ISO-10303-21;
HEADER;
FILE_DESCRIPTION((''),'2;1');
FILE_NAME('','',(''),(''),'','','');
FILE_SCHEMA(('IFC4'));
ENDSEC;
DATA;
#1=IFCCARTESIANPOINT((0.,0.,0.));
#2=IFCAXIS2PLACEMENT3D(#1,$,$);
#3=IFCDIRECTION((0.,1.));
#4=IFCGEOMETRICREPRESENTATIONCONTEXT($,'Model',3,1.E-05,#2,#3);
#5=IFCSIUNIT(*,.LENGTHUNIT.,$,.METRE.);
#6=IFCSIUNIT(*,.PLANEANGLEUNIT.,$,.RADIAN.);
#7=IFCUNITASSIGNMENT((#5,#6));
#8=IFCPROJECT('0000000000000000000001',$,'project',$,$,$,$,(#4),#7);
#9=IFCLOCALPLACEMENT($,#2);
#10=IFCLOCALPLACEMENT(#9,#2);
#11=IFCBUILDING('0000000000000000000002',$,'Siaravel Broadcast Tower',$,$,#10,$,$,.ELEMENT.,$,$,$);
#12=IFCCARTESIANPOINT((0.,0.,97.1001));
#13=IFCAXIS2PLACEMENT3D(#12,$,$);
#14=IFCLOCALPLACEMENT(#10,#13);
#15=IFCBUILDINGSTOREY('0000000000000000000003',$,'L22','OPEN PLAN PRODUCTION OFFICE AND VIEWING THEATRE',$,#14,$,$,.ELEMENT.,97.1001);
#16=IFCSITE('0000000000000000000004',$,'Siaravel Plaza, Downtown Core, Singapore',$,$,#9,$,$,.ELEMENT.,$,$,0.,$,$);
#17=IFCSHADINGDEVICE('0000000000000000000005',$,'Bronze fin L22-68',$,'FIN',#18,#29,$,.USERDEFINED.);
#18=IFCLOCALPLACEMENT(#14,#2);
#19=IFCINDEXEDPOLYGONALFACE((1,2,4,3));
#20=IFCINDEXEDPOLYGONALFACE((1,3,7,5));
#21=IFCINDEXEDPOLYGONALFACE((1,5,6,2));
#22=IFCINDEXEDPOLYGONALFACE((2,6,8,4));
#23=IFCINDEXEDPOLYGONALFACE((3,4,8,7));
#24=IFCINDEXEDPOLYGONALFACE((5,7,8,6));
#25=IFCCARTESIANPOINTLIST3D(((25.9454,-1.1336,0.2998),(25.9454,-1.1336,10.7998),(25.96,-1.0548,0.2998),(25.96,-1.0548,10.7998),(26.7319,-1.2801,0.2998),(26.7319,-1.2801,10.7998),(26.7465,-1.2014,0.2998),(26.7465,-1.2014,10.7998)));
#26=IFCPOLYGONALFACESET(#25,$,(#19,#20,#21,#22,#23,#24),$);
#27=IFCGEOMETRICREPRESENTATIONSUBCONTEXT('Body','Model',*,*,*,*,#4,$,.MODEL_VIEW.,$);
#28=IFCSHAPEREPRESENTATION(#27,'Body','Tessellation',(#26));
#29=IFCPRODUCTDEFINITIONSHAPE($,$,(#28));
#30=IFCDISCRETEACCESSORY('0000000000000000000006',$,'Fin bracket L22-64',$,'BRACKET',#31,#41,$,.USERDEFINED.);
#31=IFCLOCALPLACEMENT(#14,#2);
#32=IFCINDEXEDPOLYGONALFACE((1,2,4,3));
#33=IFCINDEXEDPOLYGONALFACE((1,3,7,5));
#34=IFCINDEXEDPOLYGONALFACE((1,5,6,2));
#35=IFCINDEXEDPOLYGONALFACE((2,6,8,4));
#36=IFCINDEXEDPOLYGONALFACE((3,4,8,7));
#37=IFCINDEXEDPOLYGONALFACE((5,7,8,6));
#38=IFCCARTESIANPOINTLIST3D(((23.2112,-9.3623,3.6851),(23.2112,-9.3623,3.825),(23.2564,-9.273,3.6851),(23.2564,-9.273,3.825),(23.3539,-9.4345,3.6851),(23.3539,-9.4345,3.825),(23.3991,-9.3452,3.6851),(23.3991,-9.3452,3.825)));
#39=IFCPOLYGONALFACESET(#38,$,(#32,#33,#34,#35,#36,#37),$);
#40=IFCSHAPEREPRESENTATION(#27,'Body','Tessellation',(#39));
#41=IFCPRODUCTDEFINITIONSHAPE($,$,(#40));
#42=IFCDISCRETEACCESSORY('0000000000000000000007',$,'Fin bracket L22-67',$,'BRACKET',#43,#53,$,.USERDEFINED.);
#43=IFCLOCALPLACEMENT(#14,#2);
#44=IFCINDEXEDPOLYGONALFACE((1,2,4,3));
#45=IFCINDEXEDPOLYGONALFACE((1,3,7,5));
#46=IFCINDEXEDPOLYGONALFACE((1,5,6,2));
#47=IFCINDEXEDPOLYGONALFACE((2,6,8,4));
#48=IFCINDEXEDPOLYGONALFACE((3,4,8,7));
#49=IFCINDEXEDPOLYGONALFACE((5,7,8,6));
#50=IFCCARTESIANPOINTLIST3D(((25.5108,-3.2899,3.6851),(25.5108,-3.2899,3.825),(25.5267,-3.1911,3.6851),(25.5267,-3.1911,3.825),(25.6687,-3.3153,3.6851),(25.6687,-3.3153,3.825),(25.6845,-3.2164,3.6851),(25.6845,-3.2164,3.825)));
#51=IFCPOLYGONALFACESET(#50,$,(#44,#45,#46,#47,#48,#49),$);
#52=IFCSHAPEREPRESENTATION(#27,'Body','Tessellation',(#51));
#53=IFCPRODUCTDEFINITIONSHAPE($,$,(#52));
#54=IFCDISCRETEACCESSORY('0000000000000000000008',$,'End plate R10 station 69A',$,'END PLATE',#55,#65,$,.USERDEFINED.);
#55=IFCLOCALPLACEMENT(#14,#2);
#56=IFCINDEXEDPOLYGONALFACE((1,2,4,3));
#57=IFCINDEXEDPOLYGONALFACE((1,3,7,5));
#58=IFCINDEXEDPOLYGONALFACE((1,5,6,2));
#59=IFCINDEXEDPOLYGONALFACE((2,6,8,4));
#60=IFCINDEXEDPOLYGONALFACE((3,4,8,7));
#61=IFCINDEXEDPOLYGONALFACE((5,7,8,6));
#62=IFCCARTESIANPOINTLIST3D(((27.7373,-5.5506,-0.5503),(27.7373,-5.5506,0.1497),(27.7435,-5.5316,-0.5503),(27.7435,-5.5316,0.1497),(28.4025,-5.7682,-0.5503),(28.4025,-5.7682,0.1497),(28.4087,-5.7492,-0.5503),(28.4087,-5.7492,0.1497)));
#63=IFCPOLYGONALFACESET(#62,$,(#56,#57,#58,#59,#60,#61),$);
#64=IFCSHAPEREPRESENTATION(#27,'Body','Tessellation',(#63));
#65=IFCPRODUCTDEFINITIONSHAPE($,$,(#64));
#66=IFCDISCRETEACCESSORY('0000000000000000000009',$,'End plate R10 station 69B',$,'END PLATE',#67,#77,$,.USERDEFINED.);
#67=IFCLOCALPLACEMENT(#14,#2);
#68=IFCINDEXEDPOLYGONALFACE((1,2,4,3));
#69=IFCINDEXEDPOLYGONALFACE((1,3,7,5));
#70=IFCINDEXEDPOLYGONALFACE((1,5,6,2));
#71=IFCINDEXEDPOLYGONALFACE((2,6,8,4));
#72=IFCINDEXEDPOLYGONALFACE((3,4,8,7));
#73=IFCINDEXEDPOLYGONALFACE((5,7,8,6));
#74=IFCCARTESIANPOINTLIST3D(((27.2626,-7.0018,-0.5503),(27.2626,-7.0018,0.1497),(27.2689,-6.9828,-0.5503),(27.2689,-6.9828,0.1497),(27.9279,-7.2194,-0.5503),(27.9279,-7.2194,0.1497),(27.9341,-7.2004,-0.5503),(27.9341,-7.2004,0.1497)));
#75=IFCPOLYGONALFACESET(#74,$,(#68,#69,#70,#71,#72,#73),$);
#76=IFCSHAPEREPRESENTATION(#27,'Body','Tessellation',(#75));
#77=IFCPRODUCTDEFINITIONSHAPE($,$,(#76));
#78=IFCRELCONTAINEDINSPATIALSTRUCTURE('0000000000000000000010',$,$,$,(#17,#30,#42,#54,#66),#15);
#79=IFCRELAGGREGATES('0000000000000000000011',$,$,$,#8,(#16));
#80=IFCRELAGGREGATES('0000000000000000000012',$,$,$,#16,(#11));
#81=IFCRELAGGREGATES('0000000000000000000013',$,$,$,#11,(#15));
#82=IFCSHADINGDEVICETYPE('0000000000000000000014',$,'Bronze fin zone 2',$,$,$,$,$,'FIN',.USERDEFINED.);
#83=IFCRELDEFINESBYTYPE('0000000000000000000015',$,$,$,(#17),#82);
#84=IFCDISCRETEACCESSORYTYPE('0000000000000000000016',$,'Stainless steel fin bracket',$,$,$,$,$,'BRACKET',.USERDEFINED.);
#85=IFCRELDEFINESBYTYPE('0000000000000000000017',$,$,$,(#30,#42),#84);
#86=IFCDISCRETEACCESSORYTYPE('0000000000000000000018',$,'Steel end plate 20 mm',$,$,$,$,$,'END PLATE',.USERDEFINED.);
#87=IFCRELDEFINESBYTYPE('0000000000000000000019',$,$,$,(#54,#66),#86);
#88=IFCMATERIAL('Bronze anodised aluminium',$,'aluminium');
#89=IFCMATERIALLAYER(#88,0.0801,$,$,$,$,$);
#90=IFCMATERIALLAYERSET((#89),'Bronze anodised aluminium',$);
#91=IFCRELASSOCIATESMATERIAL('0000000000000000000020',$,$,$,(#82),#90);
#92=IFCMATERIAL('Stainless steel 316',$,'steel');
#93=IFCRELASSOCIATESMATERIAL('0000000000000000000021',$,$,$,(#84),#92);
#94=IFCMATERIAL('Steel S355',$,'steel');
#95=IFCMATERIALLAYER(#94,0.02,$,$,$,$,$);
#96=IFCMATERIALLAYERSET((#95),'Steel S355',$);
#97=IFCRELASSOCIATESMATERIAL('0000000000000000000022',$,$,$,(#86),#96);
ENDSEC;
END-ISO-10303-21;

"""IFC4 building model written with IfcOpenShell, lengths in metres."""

from ifc_helpers import new_model, si_unit, direction, frame, origin, origin_2d, place, context, subcontext, project, spatial, rectangle, extrude, material, layer, layer_set, type_object, element, save


model = new_model("IFC4")

# Units and contexts
model_context = context("Model", 3, precision=1e-05, world=origin(), true_north=direction((0.0, 1.0)))
body_context = subcontext(model_context, "Body", "Model", "MODEL_VIEW")
ifc_project = project(units=[si_unit("LENGTHUNIT", "METRE"), si_unit("PLANEANGLEUNIT", "RADIAN")], contexts=[model_context])

# Site, building, storey
site_placement = place(None, origin())
site = spatial("IfcSite", under=ifc_project, at=site_placement, Name="Siaravel Plaza, Downtown Core, Singapore", CompositionType="ELEMENT", RefElevation=0.0)
building_placement = place(site_placement, origin())
building = spatial("IfcBuilding", under=site, at=building_placement, Name="Siaravel Broadcast Tower", CompositionType="ELEMENT")
storey_placement = place(building_placement, frame((0.0, 0.0, 97.1001)))
storey = spatial("IfcBuildingStorey", under=building, at=storey_placement, Name="L22", Description="OPEN PLAN PRODUCTION OFFICE AND VIEWING THEATRE", CompositionType="ELEMENT", Elevation=97.1001)

# Shared definitions
ifc_material_1 = material(Name="Steel S355", Category="steel")

# Shading device
ifc_material_2 = material(Name="Bronze anodised aluminium", Category="aluminium")
ifc_layer_1 = layer(ifc_material_2, 0.0801)
ifc_layer_set_1 = layer_set([ifc_layer_1], Name="Bronze anodised aluminium")
shading_device_type = type_object("IfcShadingDeviceType", Name="Bronze fin zone 2", ElementType="FIN", PredefinedType="USERDEFINED", material=ifc_layer_set_1)
for number, where, z_axis, x_axis, name in (
    (1, (26.3459, -1.1675, 0.2998), (0.0, 0.0, 1.0), (0.983081, -0.183169, 0.0), "Bronze fin L22-68"),
):
    element("IfcShadingDevice", number, at=place(storey_placement, frame(where, z_axis=z_axis, x_axis=x_axis)), inside=storey, type_object=shading_device_type, Name=name, ObjectType="FIN", PredefinedType="USERDEFINED", context=body_context, shape_type="SweptSolid", body=[
        extrude(rectangle(XDim=0.8, YDim=0.0801, at=origin_2d()), origin(), (0.0, 0.0, 1.0), 10.5),
    ])

# Discrete accessories
ifc_material_3 = material(Name="Stainless steel 316", Category="steel")
discrete_accessory_type_1 = type_object("IfcDiscreteAccessoryType", Name="Stainless steel fin bracket", ElementType="BRACKET", PredefinedType="USERDEFINED", material=ifc_material_3)
for number, where, z_axis, x_axis, name in (
    (2, (23.3052, -9.3538, 3.6851), (0.0, 0.0, 1.0), (0.892392, -0.451261, 0.0), "Fin bracket L22-64"),
    (3, (25.5977, -3.2532, 3.6851), (0.0, 0.0, 1.0), (0.987329, -0.158685, 0.0), "Fin bracket L22-67"),
):
    element("IfcDiscreteAccessory", number, at=place(storey_placement, frame(where, z_axis=z_axis, x_axis=x_axis)), inside=storey, type_object=discrete_accessory_type_1, Name=name, ObjectType="BRACKET", PredefinedType="USERDEFINED", context=body_context, shape_type="SweptSolid", body=[
        extrude(rectangle(XDim=0.1599, YDim=0.1001, at=origin_2d()), origin(), (0.0, 0.0, 1.0), 0.1399),
    ])
ifc_layer_2 = layer(ifc_material_1, 0.02)
ifc_layer_set_2 = layer_set([ifc_layer_2], Name="Steel S355")
discrete_accessory_type_2 = type_object("IfcDiscreteAccessoryType", Name="Steel end plate 20 mm", ElementType="END PLATE", PredefinedType="USERDEFINED", material=ifc_layer_set_2)
for number, where, z_axis, x_axis, name in (
    (4, (28.073, -5.6499, -0.5503), (0.0, 0.0, 1.0), (0.310909, 0.95044, 0.0), "End plate R10 station 69A"),
    (5, (27.5984, -7.1011, -0.5503), (0.0, 0.0, 1.0), (0.310909, 0.95044, 0.0), "End plate R10 station 69B"),
):
    element("IfcDiscreteAccessory", number, at=place(storey_placement, frame(where, z_axis=z_axis, x_axis=x_axis)), inside=storey, type_object=discrete_accessory_type_2, Name=name, ObjectType="END PLATE", PredefinedType="USERDEFINED", context=body_context, shape_type="SweptSolid", body=[
        extrude(rectangle(XDim=0.02, YDim=0.7, at=origin_2d()), origin(), (0.0, 0.0, 1.0), 0.7),
    ])

save(model, "model.ifc")
